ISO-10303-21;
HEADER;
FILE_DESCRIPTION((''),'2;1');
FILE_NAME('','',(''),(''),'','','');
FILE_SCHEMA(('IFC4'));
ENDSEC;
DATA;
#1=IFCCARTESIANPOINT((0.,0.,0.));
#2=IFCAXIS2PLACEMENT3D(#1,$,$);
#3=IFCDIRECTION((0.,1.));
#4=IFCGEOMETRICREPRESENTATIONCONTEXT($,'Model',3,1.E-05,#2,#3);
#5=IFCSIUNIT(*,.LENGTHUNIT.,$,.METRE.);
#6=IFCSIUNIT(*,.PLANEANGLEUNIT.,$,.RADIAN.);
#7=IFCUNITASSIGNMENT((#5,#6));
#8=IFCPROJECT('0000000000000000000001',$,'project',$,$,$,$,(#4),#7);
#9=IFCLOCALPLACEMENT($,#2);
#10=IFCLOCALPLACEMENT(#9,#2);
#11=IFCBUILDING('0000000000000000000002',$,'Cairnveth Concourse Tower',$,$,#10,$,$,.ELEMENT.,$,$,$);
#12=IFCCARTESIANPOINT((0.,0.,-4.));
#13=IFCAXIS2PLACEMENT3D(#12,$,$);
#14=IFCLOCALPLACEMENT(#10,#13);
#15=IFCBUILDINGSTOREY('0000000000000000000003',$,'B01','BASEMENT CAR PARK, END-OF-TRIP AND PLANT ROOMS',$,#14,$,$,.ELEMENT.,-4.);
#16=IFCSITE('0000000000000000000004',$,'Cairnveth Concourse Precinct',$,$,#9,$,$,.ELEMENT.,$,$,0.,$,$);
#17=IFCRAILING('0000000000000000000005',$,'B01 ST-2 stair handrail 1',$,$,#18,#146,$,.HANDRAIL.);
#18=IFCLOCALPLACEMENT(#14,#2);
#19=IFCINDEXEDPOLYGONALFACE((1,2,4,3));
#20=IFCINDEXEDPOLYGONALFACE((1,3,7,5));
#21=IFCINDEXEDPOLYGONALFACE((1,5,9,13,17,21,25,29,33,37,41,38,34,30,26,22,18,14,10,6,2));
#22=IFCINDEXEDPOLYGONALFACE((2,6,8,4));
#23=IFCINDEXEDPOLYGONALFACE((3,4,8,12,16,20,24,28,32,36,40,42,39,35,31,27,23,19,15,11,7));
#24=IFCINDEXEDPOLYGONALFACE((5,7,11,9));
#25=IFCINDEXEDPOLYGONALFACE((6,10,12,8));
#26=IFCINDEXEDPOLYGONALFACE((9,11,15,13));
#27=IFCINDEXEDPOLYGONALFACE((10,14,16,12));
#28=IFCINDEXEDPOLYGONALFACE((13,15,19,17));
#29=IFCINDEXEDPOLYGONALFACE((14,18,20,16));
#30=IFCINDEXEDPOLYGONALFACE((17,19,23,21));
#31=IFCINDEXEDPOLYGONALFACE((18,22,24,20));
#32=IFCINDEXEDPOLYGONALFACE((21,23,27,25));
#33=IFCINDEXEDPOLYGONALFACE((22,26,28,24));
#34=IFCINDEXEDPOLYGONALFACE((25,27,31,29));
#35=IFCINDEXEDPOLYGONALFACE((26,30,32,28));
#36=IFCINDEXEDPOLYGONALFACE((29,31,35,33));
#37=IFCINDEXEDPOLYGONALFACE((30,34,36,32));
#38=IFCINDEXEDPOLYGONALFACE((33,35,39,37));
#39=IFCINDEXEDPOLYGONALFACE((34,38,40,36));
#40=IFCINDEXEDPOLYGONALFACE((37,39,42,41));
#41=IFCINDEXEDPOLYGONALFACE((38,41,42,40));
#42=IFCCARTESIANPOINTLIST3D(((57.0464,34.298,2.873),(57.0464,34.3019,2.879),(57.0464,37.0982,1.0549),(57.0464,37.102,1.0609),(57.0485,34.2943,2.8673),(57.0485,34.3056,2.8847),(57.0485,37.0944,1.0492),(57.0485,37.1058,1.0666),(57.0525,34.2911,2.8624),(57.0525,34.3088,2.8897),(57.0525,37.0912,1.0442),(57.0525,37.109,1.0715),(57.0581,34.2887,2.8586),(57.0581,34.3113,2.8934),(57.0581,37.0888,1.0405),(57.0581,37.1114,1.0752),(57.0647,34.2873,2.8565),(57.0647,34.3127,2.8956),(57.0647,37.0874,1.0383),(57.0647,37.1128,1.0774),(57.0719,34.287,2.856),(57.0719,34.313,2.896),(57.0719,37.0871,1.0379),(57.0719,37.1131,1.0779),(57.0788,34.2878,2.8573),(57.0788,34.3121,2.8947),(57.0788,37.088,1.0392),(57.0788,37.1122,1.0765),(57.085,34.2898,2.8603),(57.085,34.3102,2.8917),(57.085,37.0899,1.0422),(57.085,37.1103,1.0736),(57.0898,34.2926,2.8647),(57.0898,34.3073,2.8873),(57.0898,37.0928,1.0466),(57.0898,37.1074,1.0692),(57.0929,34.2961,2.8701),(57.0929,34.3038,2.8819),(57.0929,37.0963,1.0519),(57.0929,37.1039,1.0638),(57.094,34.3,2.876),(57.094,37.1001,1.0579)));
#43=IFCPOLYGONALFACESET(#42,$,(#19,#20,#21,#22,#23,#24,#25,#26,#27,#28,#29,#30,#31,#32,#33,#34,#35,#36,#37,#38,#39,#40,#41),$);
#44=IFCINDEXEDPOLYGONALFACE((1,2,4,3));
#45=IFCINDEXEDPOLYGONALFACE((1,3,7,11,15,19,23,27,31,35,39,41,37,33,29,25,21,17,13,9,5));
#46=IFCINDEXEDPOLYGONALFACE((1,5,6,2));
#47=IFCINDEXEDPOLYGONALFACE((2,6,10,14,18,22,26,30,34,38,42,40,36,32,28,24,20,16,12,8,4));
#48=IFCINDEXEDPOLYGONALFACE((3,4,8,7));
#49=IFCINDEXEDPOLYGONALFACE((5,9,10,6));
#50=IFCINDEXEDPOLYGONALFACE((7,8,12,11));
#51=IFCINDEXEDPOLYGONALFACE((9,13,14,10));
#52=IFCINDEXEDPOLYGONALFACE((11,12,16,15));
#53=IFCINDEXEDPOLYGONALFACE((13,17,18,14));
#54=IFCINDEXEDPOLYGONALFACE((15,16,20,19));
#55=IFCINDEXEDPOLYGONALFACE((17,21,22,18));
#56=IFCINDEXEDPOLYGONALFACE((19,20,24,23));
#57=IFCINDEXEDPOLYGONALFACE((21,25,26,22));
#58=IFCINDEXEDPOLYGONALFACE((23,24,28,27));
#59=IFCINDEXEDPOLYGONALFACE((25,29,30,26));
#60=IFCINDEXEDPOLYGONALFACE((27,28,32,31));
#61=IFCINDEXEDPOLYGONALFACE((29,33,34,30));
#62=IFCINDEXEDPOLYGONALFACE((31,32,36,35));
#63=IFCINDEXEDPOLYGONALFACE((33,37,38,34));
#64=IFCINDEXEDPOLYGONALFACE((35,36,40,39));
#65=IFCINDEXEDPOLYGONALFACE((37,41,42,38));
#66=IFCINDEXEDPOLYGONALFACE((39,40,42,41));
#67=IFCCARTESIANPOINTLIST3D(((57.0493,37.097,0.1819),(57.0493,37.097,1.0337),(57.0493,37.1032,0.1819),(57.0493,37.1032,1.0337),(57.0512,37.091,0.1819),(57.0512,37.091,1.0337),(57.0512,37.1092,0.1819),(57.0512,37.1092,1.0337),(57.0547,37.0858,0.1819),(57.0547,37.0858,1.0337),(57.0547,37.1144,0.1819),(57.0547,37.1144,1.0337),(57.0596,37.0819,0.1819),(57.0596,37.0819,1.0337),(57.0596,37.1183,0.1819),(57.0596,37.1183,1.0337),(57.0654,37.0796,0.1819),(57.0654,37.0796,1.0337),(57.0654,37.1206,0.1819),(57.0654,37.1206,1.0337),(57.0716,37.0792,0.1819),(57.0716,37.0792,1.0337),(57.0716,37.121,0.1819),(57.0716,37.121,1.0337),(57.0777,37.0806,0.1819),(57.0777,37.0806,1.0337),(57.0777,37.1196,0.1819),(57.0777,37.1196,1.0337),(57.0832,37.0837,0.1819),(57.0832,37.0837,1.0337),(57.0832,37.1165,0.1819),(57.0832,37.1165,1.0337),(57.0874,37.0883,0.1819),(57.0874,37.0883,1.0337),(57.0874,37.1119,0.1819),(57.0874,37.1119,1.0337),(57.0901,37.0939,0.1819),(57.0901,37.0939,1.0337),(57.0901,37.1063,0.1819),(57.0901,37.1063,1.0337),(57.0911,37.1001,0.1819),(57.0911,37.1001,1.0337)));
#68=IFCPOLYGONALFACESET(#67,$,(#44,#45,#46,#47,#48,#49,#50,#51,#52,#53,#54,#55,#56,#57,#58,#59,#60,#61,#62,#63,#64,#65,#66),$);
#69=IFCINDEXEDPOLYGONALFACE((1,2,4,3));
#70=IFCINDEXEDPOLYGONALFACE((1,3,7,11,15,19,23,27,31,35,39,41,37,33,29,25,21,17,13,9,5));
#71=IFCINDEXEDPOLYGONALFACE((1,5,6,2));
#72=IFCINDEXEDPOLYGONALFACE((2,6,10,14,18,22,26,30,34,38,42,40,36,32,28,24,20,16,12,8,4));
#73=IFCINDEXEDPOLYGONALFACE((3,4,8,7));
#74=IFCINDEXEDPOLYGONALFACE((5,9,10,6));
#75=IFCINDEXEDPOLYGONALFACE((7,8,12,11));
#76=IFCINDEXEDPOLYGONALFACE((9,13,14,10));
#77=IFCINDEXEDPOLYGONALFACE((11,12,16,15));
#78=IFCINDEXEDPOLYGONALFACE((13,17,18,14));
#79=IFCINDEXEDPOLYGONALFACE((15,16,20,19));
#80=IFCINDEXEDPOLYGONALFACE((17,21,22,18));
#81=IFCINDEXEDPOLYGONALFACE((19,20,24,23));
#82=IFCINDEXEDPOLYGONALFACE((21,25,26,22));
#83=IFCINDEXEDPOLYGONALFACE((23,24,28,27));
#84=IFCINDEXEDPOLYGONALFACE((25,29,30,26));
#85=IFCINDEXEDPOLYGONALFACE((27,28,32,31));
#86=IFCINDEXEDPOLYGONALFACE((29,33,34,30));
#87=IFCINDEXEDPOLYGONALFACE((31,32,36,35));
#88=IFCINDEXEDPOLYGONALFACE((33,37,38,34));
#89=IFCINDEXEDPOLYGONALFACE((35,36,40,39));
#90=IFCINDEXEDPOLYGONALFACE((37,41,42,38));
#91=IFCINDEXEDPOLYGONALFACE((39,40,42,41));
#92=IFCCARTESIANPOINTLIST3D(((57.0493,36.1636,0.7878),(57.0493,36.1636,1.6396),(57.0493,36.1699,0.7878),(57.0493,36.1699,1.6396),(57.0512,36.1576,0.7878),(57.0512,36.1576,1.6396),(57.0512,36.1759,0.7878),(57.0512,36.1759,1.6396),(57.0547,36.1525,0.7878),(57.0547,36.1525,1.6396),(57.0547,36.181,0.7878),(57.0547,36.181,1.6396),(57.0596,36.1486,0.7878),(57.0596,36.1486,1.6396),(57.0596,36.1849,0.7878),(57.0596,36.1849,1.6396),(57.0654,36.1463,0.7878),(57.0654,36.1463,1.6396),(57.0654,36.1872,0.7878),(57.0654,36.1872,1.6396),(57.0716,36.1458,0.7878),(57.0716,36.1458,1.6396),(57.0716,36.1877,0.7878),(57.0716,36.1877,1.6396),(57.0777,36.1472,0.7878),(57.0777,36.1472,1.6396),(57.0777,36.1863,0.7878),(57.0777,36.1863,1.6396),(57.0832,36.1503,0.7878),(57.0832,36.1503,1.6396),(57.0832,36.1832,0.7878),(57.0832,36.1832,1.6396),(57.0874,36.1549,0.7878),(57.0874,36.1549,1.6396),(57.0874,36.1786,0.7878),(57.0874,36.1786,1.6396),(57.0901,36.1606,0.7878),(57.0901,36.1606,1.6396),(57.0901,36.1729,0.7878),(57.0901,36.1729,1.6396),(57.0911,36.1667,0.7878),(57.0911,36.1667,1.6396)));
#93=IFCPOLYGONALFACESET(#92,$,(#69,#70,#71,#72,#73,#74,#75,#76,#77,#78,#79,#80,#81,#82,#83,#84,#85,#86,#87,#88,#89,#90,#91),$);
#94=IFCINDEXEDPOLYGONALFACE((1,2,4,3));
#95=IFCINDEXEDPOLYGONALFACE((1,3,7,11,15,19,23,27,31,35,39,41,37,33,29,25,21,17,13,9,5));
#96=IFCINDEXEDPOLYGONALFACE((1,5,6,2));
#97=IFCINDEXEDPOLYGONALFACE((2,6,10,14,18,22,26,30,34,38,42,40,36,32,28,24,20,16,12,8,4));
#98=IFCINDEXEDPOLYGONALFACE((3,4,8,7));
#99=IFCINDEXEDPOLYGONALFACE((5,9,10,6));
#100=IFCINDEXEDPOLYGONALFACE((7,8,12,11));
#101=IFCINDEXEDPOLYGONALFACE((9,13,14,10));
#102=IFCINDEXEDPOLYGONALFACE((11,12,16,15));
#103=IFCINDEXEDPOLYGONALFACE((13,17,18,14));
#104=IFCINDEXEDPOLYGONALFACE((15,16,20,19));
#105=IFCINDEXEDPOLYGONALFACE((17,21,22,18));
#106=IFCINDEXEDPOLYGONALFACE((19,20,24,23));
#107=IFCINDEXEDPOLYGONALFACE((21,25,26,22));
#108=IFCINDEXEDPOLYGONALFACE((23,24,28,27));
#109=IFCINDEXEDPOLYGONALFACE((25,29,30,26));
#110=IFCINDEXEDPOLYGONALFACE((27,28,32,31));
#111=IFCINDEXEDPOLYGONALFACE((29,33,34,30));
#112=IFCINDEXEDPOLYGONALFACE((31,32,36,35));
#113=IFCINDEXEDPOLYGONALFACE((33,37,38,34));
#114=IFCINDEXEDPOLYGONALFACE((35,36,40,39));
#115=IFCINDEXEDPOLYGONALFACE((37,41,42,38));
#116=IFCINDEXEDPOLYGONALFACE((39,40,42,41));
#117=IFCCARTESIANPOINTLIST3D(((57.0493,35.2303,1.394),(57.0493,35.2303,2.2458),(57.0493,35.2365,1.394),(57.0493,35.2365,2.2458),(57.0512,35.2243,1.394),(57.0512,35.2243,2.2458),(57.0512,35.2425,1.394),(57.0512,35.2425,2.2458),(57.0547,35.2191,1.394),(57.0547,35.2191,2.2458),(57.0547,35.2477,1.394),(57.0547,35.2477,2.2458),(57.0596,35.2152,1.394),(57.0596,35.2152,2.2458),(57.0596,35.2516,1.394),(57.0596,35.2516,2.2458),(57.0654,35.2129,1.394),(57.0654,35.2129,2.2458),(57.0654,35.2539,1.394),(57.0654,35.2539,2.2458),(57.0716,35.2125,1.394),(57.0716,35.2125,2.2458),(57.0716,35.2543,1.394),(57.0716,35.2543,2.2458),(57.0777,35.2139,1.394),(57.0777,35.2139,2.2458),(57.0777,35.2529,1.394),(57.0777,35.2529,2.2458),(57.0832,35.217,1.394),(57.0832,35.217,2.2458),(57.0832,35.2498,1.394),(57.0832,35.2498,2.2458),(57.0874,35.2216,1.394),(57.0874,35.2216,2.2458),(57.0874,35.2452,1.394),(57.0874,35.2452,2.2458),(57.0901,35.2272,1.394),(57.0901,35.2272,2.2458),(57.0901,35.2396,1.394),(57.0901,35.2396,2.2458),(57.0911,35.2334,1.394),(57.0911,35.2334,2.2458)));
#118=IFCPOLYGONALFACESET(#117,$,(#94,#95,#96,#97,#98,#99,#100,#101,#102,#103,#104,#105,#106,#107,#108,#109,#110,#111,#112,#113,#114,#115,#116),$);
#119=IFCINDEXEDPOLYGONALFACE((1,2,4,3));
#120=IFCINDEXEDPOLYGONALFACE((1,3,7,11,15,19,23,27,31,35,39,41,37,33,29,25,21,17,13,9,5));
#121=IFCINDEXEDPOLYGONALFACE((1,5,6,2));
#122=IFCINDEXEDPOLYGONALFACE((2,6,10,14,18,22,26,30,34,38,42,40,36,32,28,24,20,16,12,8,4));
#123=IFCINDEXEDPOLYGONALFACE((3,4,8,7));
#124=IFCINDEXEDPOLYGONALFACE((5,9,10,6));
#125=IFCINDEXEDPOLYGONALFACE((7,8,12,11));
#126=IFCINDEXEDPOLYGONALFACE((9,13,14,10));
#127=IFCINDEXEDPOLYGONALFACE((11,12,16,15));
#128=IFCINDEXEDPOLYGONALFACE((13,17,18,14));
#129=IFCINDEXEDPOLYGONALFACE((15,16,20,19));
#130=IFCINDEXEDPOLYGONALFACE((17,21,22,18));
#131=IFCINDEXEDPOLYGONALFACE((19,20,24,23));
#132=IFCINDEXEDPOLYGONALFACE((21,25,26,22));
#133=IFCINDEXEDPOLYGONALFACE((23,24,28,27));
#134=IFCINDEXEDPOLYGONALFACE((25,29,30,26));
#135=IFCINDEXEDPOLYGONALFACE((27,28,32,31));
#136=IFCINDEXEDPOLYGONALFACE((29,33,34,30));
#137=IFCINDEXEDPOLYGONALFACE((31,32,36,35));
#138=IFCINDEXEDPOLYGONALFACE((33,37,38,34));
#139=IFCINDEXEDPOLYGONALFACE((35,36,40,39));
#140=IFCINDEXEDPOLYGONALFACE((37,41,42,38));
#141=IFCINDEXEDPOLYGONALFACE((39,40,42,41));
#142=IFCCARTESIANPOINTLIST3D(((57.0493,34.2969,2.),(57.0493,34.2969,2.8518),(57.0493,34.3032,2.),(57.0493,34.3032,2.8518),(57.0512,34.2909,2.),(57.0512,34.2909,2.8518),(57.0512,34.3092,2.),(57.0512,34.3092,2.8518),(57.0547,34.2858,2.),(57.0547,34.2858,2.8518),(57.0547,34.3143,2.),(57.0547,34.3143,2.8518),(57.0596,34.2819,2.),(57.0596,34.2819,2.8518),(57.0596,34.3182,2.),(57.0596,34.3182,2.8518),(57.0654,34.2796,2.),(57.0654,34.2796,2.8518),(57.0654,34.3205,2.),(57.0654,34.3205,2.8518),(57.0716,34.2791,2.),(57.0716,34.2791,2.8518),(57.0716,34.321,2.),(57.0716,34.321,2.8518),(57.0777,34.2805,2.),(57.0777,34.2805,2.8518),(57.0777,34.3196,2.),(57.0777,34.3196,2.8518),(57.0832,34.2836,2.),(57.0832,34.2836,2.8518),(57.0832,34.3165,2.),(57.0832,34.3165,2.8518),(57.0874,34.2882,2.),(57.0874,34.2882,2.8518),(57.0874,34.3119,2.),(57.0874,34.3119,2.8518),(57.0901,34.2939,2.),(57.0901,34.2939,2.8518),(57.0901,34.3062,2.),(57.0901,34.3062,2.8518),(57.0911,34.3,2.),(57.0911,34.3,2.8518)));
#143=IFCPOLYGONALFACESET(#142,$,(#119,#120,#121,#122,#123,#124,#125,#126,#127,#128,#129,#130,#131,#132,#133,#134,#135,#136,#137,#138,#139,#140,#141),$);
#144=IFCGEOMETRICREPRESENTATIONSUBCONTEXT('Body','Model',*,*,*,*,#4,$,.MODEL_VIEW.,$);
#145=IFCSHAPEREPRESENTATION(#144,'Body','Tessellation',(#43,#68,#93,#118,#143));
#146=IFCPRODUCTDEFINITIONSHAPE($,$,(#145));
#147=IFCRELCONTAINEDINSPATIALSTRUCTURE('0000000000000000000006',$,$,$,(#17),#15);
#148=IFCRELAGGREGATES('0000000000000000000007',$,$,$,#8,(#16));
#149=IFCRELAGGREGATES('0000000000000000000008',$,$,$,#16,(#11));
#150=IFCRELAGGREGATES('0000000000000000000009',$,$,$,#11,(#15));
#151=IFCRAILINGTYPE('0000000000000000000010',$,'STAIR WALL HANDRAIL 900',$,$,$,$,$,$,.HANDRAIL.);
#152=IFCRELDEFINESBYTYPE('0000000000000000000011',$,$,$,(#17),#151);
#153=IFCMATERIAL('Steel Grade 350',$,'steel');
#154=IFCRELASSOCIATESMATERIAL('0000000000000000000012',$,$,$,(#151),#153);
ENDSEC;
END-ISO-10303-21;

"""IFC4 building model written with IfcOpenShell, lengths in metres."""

from ifc_helpers import new_model, si_unit, direction, frame, origin, origin_2d, place, context, subcontext, project, spatial, circle, extrude, material, type_object, element, save


model = new_model("IFC4")

# Units and contexts
model_context = context("Model", 3, precision=1e-05, world=origin(), true_north=direction((0.0, 1.0)))
body_context = subcontext(model_context, "Body", "Model", "MODEL_VIEW")
ifc_project = project(units=[si_unit("LENGTHUNIT", "METRE"), si_unit("PLANEANGLEUNIT", "RADIAN")], contexts=[model_context])

# Site, building, storey
site_placement = place(None, origin())
site = spatial("IfcSite", under=ifc_project, at=site_placement, Name="Cairnveth Concourse Precinct", CompositionType="ELEMENT", RefElevation=0.0)
building_placement = place(site_placement, origin())
building = spatial("IfcBuilding", under=site, at=building_placement, Name="Cairnveth Concourse Tower", CompositionType="ELEMENT")
storey_placement = place(building_placement, frame((0.0, 0.0, -4.0)))
storey = spatial("IfcBuildingStorey", under=building, at=storey_placement, Name="B01", Description="BASEMENT CAR PARK, END-OF-TRIP AND PLANT ROOMS", CompositionType="ELEMENT", Elevation=-4.0)

# Shared definitions
ifc_material_1 = material(Name="Steel Grade 350", Category="steel")

# Railing
railing_type_1 = type_object("IfcRailingType", Name="STAIR WALL HANDRAIL 900", PredefinedType="HANDRAIL", material=ifc_material_1)
railing_1_placement = place(storey_placement, frame((57.0701, 37.1001, 0.1819)))
element("IfcRailing", 1, at=railing_1_placement, inside=storey, type_object=railing_type_1, Name="B01 ST-2 stair handrail 1", PredefinedType="HANDRAIL", context=body_context, shape_type="SweptSolid", body=[
    extrude(circle(Radius=0.0239, at=origin_2d()), frame((0.0, 0.0, 0.876), z_axis=(0.0, -0.838706, 0.544585), x_axis=(1.0, 0.0, 0.0)), (0.0, 0.0, 1.0), 3.3386),
    extrude(circle(Radius=0.021, at=origin_2d()), origin(), (0.0, 0.0, 1.0), 0.8518),
    extrude(circle(Radius=0.021, at=origin_2d()), frame((0.0, -0.9333, 0.606)), (0.0, 0.0, 1.0), 0.8518),
    extrude(circle(Radius=0.021, at=origin_2d()), frame((0.0, -1.8667, 1.2122)), (0.0, 0.0, 1.0), 0.8518),
    extrude(circle(Radius=0.021, at=origin_2d()), frame((0.0, -2.8, 1.8181)), (0.0, 0.0, 1.0), 0.8518),
])

save(model, "model.ifc")
